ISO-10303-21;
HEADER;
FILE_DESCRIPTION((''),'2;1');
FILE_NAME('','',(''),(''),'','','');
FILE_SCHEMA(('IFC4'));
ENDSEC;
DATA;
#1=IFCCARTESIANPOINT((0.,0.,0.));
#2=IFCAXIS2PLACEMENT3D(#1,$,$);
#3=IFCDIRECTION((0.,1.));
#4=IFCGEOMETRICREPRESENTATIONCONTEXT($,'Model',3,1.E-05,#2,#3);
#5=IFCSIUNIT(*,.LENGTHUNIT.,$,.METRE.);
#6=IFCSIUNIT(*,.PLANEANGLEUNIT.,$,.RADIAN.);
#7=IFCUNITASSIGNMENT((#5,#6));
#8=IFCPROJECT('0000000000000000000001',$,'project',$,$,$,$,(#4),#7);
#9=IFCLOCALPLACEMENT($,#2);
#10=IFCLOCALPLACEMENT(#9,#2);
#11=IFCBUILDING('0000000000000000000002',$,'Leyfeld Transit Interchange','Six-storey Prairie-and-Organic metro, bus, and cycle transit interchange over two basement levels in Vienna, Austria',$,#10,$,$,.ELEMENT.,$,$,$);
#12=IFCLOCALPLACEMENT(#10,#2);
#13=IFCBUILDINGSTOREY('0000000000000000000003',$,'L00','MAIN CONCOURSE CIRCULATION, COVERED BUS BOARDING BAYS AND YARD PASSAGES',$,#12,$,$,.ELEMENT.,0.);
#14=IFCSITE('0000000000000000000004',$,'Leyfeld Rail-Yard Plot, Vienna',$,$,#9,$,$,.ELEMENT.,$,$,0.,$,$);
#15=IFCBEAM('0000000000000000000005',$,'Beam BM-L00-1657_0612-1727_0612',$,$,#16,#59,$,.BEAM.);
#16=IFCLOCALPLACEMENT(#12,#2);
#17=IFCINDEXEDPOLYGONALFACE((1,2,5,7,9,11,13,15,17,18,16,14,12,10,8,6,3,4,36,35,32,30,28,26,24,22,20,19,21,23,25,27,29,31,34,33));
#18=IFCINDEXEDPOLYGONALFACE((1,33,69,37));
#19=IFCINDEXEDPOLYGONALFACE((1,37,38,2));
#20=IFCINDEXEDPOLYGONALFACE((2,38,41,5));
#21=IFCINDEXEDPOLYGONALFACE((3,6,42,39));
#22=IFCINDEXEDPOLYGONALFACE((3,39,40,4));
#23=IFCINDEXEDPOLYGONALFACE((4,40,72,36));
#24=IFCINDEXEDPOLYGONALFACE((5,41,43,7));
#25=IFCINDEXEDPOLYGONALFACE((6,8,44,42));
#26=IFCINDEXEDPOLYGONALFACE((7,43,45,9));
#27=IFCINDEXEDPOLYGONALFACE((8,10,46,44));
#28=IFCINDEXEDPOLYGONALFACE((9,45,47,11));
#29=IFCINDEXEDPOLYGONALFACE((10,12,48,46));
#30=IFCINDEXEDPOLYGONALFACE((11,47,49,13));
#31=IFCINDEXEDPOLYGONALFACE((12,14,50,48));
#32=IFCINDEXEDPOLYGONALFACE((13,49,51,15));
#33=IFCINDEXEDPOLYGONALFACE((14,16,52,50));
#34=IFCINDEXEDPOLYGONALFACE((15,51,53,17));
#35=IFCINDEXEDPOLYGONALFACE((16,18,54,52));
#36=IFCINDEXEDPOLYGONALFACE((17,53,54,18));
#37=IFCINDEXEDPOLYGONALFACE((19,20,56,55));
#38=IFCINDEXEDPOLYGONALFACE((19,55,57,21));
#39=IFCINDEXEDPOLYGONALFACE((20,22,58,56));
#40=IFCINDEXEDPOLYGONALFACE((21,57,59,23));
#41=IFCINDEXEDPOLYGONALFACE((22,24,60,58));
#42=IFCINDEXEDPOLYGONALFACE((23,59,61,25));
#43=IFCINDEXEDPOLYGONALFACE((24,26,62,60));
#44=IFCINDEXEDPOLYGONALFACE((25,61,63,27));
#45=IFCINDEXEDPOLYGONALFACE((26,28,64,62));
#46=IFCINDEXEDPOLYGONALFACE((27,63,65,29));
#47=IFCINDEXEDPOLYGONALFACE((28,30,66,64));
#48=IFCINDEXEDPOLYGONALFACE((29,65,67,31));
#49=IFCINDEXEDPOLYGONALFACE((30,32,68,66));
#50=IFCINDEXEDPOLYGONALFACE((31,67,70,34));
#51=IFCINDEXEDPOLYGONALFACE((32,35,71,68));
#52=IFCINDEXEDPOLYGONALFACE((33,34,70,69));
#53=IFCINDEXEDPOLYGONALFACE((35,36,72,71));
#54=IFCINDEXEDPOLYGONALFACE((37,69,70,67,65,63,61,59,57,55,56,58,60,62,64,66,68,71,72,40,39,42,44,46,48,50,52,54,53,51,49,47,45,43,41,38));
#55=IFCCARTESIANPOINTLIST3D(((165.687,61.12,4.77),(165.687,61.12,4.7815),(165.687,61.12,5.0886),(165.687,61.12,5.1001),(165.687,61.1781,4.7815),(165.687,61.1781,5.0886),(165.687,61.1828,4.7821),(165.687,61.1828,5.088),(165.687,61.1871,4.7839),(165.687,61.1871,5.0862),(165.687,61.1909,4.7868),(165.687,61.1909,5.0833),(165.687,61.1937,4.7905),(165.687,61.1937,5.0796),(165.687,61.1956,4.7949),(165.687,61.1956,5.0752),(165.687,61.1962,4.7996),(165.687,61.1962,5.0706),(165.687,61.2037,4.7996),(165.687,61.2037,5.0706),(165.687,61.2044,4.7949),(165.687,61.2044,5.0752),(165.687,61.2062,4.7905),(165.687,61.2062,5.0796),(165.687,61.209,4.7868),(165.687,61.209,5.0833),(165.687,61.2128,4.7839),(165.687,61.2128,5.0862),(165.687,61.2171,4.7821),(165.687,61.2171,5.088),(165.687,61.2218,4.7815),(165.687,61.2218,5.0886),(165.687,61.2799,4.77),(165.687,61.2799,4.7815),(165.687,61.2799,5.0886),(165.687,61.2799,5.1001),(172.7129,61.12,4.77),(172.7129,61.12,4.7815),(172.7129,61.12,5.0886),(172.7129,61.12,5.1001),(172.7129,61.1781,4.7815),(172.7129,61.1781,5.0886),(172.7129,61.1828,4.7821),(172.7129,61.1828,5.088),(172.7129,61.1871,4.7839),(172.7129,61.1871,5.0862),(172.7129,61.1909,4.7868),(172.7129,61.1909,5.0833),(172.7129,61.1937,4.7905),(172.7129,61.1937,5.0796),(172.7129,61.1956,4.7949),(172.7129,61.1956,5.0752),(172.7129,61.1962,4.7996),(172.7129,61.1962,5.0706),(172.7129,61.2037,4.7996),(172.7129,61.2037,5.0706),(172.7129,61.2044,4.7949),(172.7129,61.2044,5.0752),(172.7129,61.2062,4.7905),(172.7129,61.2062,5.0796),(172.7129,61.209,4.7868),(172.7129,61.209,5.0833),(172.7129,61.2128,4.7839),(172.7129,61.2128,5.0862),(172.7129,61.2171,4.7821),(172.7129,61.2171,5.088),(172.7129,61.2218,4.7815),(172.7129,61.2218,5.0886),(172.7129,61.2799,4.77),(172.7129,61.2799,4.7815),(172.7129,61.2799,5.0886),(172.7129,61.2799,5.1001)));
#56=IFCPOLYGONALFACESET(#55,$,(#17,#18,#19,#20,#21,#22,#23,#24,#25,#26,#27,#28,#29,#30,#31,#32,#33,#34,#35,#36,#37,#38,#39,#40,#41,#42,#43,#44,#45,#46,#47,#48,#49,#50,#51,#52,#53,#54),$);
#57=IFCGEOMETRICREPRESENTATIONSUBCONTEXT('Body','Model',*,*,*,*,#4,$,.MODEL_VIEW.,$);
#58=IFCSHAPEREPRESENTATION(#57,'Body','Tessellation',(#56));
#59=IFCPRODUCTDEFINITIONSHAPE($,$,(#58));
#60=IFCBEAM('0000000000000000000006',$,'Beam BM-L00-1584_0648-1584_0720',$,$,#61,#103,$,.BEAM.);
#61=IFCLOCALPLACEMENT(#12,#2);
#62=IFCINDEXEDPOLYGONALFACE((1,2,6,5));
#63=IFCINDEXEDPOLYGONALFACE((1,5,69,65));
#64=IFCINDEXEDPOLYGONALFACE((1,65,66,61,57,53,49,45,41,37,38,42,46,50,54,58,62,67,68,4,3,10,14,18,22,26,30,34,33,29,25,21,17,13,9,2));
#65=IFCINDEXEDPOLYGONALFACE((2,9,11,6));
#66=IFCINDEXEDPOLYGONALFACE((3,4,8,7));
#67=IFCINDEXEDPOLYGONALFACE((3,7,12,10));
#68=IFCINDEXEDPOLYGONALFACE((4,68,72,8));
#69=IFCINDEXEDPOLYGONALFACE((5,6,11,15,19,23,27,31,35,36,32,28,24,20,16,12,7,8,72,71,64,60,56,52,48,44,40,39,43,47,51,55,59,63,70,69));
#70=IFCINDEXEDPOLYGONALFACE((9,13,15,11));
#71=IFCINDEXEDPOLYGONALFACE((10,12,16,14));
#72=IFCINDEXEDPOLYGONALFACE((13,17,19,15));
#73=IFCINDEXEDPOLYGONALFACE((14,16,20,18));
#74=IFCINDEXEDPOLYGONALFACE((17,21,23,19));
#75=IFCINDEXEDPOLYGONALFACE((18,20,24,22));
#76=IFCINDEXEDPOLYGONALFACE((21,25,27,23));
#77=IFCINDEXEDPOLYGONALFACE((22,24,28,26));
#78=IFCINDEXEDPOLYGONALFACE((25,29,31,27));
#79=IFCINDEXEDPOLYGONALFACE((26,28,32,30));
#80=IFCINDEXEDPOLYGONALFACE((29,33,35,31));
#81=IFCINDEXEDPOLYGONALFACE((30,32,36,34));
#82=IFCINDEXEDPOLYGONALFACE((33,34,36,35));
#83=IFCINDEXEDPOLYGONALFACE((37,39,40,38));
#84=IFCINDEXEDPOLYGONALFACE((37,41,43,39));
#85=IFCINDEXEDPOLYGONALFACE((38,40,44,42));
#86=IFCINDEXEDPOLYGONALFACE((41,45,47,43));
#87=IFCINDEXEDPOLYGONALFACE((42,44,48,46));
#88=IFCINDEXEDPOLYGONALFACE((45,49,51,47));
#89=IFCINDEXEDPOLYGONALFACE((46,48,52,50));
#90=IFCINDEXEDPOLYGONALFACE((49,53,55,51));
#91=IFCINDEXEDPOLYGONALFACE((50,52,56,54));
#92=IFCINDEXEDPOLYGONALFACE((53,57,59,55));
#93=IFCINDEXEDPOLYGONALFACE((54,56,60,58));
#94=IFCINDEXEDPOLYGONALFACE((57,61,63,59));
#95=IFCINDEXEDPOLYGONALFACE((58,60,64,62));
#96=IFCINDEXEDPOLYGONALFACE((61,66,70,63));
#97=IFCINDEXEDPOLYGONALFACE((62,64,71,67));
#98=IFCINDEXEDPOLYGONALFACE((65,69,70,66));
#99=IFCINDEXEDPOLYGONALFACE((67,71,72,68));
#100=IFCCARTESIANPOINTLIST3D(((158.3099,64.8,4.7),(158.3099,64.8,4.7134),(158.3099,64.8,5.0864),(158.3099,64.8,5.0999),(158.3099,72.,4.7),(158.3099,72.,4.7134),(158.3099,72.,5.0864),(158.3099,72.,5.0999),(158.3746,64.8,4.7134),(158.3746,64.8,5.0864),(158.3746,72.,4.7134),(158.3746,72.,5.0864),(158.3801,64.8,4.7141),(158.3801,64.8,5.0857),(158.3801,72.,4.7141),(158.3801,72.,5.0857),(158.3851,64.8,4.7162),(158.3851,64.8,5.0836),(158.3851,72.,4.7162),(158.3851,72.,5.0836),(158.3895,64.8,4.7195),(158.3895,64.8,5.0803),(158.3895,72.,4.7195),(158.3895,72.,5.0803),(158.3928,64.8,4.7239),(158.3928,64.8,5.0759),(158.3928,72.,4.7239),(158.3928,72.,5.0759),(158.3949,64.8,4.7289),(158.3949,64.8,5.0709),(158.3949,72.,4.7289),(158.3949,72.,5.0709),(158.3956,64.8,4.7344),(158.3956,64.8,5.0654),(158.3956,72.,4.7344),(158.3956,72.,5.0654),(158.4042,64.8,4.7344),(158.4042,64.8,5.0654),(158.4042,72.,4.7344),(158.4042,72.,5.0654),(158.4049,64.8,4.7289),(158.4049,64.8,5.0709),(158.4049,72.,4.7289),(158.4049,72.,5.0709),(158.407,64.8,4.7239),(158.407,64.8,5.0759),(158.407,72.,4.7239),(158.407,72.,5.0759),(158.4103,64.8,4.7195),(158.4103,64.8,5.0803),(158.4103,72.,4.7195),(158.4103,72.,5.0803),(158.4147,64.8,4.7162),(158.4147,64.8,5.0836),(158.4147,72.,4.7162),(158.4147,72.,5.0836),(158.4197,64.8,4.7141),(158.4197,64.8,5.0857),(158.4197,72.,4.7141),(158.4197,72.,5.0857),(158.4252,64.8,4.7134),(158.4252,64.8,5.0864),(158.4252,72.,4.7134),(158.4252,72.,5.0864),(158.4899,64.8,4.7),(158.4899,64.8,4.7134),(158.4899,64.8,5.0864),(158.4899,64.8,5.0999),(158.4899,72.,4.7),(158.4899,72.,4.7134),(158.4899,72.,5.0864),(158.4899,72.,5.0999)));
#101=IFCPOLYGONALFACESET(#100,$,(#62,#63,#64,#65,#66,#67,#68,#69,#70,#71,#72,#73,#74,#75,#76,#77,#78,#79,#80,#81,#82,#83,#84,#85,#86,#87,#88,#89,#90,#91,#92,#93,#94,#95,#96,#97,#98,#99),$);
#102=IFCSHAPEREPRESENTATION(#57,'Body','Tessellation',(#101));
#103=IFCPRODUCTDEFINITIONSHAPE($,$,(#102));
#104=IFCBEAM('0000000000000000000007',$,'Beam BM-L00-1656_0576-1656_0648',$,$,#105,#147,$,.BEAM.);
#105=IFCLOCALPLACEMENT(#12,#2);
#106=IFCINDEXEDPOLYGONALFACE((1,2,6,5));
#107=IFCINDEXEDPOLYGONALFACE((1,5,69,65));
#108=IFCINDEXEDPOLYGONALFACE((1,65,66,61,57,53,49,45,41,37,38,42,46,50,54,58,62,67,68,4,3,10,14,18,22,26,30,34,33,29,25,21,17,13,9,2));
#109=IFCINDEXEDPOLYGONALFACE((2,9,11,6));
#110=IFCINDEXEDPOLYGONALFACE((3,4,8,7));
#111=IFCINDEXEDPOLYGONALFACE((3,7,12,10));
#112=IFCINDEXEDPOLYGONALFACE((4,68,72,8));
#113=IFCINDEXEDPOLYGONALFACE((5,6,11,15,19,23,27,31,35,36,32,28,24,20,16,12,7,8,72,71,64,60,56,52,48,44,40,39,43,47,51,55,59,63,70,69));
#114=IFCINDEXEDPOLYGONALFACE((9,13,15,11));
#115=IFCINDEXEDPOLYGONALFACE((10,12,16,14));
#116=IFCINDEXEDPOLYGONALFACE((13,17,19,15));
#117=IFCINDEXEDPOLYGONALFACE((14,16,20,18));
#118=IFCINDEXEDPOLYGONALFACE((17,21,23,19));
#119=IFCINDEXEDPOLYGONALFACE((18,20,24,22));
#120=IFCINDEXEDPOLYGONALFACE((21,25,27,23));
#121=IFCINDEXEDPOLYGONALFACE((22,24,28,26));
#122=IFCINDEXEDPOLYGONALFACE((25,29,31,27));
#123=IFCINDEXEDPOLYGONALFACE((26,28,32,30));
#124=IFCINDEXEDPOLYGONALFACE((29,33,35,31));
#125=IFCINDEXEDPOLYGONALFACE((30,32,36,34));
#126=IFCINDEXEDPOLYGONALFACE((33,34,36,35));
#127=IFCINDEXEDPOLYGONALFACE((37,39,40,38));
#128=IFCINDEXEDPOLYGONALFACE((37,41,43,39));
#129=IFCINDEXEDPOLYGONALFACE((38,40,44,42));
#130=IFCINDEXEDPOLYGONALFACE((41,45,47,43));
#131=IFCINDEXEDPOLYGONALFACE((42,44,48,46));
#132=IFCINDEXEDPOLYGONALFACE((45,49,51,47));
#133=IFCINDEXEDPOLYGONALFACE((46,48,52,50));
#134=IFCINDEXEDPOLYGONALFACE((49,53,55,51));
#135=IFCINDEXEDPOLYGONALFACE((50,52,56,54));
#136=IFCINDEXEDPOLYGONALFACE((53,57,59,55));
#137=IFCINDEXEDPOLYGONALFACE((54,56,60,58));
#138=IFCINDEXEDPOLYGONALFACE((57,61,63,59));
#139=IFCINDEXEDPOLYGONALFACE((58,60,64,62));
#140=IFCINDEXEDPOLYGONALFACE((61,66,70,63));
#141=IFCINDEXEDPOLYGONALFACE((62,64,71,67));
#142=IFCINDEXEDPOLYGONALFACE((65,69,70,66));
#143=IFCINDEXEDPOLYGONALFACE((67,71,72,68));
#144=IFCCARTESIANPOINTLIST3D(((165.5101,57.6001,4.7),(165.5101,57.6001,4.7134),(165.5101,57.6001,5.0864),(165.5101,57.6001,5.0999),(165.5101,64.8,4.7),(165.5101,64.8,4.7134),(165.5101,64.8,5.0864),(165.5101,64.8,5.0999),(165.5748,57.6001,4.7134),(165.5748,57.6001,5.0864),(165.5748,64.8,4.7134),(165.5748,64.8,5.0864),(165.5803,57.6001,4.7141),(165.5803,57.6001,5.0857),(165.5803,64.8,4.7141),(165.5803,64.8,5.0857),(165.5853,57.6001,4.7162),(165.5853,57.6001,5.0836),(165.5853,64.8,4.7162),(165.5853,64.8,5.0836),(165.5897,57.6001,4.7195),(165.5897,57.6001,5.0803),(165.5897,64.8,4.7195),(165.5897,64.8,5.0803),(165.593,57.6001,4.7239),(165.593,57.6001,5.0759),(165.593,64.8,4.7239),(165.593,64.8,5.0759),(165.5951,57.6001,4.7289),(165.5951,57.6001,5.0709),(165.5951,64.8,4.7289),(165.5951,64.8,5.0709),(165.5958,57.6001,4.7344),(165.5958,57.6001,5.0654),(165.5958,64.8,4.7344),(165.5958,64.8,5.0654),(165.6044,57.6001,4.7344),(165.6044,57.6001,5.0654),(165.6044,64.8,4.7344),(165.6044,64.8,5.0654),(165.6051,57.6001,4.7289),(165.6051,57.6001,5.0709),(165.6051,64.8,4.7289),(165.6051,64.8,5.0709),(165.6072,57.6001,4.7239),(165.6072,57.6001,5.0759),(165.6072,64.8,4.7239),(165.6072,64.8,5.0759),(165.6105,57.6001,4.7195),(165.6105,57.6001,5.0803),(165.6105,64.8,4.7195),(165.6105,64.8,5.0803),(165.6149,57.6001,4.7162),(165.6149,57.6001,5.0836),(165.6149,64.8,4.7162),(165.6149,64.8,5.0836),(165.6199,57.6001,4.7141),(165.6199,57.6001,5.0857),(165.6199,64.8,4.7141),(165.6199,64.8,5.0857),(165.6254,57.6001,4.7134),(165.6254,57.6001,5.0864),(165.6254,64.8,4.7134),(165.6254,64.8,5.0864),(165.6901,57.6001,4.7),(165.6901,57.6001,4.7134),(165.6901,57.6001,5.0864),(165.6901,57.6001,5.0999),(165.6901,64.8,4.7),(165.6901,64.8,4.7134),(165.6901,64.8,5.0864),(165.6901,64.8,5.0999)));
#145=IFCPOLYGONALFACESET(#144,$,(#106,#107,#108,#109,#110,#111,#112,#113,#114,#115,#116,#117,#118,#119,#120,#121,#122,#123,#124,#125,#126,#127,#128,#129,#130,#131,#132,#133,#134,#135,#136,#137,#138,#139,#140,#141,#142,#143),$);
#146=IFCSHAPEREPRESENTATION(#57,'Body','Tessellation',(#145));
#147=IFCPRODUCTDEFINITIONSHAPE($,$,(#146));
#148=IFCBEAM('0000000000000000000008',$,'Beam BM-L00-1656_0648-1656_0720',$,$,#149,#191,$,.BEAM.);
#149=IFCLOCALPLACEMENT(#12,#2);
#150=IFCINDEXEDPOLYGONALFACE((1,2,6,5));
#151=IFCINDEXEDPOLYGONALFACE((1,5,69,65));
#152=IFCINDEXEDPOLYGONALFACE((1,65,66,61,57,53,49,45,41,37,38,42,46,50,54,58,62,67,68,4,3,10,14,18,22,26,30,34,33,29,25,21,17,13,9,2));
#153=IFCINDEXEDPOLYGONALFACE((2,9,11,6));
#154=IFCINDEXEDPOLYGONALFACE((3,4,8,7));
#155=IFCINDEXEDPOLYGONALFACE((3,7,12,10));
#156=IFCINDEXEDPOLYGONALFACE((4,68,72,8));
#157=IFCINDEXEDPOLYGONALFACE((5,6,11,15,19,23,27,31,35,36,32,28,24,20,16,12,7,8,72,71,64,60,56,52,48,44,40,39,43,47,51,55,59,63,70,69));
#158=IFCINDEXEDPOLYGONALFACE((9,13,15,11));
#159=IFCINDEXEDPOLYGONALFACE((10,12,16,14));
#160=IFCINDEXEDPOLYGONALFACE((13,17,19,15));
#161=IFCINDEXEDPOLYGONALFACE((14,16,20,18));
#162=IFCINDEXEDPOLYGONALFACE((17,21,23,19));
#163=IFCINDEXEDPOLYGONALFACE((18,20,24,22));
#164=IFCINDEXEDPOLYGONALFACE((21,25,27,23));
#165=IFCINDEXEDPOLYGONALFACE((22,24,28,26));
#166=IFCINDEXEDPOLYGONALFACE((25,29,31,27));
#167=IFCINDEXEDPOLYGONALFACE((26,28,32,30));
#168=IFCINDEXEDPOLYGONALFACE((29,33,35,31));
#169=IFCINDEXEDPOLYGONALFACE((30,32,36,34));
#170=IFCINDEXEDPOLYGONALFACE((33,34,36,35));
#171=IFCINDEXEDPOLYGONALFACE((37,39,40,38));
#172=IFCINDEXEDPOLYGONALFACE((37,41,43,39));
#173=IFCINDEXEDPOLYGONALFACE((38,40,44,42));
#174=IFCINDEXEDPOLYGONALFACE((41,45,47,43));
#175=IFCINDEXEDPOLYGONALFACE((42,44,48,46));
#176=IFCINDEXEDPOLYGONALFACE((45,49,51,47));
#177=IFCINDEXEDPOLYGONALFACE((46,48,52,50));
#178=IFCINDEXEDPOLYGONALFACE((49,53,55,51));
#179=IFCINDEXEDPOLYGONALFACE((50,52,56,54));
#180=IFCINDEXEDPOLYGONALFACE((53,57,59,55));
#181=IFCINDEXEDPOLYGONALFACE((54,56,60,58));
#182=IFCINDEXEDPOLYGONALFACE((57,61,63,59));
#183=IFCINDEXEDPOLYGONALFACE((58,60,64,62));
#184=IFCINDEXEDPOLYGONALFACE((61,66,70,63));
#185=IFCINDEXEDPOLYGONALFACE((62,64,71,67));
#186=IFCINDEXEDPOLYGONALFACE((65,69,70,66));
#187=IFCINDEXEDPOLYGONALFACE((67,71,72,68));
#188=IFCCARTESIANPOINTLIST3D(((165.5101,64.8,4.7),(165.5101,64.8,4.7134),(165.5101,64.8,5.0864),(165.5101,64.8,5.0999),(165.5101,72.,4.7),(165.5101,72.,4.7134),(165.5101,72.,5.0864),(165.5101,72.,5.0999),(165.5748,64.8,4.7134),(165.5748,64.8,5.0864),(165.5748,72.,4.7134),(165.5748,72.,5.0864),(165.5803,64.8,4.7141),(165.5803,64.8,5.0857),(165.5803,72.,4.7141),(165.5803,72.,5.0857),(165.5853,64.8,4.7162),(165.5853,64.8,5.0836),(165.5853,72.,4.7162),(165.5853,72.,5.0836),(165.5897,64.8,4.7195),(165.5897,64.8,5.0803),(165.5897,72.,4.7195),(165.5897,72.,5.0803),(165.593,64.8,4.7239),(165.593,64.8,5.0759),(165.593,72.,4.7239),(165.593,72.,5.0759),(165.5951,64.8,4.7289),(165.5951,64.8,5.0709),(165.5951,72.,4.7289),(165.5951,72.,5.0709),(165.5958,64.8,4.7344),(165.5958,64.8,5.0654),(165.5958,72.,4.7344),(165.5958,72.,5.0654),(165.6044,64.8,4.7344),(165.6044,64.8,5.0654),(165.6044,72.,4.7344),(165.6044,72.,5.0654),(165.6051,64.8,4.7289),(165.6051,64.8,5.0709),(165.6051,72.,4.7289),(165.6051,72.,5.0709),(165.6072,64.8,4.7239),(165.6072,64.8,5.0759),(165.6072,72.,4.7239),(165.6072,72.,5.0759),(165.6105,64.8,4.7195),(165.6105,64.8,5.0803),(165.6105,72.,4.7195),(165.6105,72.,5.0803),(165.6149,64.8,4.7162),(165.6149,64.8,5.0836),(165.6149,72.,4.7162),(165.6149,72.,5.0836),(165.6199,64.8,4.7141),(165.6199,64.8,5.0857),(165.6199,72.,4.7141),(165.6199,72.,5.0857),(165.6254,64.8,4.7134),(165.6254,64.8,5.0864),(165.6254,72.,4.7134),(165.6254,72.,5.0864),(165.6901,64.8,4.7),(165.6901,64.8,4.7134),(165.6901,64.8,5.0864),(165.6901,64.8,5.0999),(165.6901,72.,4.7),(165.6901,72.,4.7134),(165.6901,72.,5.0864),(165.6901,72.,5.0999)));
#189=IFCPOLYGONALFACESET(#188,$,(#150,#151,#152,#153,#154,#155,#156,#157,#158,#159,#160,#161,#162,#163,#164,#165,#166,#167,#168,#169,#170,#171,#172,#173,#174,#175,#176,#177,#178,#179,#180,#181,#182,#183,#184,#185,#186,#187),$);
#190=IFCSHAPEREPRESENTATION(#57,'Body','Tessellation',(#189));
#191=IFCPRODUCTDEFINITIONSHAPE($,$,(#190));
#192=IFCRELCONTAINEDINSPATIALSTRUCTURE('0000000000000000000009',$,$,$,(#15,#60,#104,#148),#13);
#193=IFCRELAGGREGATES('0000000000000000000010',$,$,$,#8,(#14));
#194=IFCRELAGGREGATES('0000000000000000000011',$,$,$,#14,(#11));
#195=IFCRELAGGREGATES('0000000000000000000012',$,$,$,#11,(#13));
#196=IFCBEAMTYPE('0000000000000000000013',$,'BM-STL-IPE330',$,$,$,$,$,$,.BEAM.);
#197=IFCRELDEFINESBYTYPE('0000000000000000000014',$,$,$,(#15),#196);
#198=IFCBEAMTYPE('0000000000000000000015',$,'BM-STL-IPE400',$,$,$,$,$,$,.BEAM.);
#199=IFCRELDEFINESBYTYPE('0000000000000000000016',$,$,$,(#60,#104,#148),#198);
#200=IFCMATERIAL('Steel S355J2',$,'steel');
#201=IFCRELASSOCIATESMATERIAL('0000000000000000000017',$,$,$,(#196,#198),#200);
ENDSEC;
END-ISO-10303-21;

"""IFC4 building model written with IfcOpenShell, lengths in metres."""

from ifc_helpers import new_model, si_unit, direction, frame, origin, origin_2d, place, context, subcontext, project, spatial, i_section, extrude, material, material_profile, profile_set, type_object, element, save


model = new_model("IFC4")

# Units and contexts
model_context = context("Model", 3, precision=1e-05, world=origin(), true_north=direction((0.0, 1.0)))
body_context = subcontext(model_context, "Body", "Model", "MODEL_VIEW")
ifc_project = project(units=[si_unit("LENGTHUNIT", "METRE"), si_unit("PLANEANGLEUNIT", "RADIAN")], contexts=[model_context])

# Site, building, storey
site_placement = place(None, origin())
site = spatial("IfcSite", under=ifc_project, at=site_placement, Name="Leyfeld Rail-Yard Plot, Vienna", CompositionType="ELEMENT", RefElevation=0.0)
building_placement = place(site_placement, origin())
building = spatial("IfcBuilding", under=site, at=building_placement, Name="Leyfeld Transit Interchange", Description="Six-storey Prairie-and-Organic metro, bus, and cycle transit interchange over two basement levels in Vienna, Austria", CompositionType="ELEMENT")
storey_placement = place(building_placement, origin())
storey = spatial("IfcBuildingStorey", under=building, at=storey_placement, Name="L00", Description="MAIN CONCOURSE CIRCULATION, COVERED BUS BOARDING BAYS AND YARD PASSAGES", CompositionType="ELEMENT", Elevation=0.0)

# Shared definitions
ifc_material_1 = material(Name="Steel S355J2", Category="steel")

# Beams
ifc_material_profile_1 = material_profile(ifc_material_1, i_section(OverallWidth=0.1599, OverallDepth=0.3301, WebThickness=0.0076, FlangeThickness=0.0115, FilletRadius=0.0181, at=origin_2d()), Name="IPE 330")
ifc_profile_set_1 = profile_set([ifc_material_profile_1], Name="Steel S355J2")
beam_type_1 = type_object("IfcBeamType", Name="BM-STL-IPE330", PredefinedType="BEAM", material=ifc_profile_set_1)
for number, where, z_axis, x_axis, name in (
    (1, (165.687, 61.2, 4.9351), (1.0, 0.0, 0.0), (0.0, 1.0, 0.0), "Beam BM-L00-1657_0612-1727_0612"),
):
    element("IfcBeam", number, at=place(storey_placement, frame(where, z_axis=z_axis, x_axis=x_axis)), inside=storey, type_object=beam_type_1, Name=name, PredefinedType="BEAM", context=body_context, shape_type="SweptSolid", body=[
        extrude(i_section(OverallWidth=0.1599, OverallDepth=0.3301, WebThickness=0.0076, FlangeThickness=0.0115, FilletRadius=0.0181, at=origin_2d()), origin(), (0.0, 0.0, 1.0), 7.0259),
    ])
ifc_material_profile_2 = material_profile(ifc_material_1, i_section(OverallWidth=0.1799, OverallDepth=0.3999, WebThickness=0.0085, FlangeThickness=0.0134, FilletRadius=0.021, at=origin_2d()), Name="IPE 400")
ifc_profile_set_2 = profile_set([ifc_material_profile_2], Name="Steel S355J2")
beam_type_2 = type_object("IfcBeamType", Name="BM-STL-IPE400", PredefinedType="BEAM", material=ifc_profile_set_2)
for number, where, z_axis, x_axis, name in (
    (2, (158.3999, 64.8, 4.8999), (0.0, 1.0, 0.0), (-1.0, 0.0, 0.0), "Beam BM-L00-1584_0648-1584_0720"),
    (3, (165.6001, 57.6001, 4.8999), (0.0, 1.0, 0.0), (-1.0, 0.0, 0.0), "Beam BM-L00-1656_0576-1656_0648"),
    (4, (165.6001, 64.8, 4.8999), (0.0, 1.0, 0.0), (-1.0, 0.0, 0.0), "Beam BM-L00-1656_0648-1656_0720"),
):
    element("IfcBeam", number, at=place(storey_placement, frame(where, z_axis=z_axis, x_axis=x_axis)), inside=storey, type_object=beam_type_2, Name=name, PredefinedType="BEAM", context=body_context, shape_type="SweptSolid", body=[
        extrude(i_section(OverallWidth=0.1799, OverallDepth=0.3999, WebThickness=0.0085, FlangeThickness=0.0134, FilletRadius=0.021, at=origin_2d()), origin(), (0.0, 0.0, 1.0), 7.2),
    ])

save(model, "model.ifc")
